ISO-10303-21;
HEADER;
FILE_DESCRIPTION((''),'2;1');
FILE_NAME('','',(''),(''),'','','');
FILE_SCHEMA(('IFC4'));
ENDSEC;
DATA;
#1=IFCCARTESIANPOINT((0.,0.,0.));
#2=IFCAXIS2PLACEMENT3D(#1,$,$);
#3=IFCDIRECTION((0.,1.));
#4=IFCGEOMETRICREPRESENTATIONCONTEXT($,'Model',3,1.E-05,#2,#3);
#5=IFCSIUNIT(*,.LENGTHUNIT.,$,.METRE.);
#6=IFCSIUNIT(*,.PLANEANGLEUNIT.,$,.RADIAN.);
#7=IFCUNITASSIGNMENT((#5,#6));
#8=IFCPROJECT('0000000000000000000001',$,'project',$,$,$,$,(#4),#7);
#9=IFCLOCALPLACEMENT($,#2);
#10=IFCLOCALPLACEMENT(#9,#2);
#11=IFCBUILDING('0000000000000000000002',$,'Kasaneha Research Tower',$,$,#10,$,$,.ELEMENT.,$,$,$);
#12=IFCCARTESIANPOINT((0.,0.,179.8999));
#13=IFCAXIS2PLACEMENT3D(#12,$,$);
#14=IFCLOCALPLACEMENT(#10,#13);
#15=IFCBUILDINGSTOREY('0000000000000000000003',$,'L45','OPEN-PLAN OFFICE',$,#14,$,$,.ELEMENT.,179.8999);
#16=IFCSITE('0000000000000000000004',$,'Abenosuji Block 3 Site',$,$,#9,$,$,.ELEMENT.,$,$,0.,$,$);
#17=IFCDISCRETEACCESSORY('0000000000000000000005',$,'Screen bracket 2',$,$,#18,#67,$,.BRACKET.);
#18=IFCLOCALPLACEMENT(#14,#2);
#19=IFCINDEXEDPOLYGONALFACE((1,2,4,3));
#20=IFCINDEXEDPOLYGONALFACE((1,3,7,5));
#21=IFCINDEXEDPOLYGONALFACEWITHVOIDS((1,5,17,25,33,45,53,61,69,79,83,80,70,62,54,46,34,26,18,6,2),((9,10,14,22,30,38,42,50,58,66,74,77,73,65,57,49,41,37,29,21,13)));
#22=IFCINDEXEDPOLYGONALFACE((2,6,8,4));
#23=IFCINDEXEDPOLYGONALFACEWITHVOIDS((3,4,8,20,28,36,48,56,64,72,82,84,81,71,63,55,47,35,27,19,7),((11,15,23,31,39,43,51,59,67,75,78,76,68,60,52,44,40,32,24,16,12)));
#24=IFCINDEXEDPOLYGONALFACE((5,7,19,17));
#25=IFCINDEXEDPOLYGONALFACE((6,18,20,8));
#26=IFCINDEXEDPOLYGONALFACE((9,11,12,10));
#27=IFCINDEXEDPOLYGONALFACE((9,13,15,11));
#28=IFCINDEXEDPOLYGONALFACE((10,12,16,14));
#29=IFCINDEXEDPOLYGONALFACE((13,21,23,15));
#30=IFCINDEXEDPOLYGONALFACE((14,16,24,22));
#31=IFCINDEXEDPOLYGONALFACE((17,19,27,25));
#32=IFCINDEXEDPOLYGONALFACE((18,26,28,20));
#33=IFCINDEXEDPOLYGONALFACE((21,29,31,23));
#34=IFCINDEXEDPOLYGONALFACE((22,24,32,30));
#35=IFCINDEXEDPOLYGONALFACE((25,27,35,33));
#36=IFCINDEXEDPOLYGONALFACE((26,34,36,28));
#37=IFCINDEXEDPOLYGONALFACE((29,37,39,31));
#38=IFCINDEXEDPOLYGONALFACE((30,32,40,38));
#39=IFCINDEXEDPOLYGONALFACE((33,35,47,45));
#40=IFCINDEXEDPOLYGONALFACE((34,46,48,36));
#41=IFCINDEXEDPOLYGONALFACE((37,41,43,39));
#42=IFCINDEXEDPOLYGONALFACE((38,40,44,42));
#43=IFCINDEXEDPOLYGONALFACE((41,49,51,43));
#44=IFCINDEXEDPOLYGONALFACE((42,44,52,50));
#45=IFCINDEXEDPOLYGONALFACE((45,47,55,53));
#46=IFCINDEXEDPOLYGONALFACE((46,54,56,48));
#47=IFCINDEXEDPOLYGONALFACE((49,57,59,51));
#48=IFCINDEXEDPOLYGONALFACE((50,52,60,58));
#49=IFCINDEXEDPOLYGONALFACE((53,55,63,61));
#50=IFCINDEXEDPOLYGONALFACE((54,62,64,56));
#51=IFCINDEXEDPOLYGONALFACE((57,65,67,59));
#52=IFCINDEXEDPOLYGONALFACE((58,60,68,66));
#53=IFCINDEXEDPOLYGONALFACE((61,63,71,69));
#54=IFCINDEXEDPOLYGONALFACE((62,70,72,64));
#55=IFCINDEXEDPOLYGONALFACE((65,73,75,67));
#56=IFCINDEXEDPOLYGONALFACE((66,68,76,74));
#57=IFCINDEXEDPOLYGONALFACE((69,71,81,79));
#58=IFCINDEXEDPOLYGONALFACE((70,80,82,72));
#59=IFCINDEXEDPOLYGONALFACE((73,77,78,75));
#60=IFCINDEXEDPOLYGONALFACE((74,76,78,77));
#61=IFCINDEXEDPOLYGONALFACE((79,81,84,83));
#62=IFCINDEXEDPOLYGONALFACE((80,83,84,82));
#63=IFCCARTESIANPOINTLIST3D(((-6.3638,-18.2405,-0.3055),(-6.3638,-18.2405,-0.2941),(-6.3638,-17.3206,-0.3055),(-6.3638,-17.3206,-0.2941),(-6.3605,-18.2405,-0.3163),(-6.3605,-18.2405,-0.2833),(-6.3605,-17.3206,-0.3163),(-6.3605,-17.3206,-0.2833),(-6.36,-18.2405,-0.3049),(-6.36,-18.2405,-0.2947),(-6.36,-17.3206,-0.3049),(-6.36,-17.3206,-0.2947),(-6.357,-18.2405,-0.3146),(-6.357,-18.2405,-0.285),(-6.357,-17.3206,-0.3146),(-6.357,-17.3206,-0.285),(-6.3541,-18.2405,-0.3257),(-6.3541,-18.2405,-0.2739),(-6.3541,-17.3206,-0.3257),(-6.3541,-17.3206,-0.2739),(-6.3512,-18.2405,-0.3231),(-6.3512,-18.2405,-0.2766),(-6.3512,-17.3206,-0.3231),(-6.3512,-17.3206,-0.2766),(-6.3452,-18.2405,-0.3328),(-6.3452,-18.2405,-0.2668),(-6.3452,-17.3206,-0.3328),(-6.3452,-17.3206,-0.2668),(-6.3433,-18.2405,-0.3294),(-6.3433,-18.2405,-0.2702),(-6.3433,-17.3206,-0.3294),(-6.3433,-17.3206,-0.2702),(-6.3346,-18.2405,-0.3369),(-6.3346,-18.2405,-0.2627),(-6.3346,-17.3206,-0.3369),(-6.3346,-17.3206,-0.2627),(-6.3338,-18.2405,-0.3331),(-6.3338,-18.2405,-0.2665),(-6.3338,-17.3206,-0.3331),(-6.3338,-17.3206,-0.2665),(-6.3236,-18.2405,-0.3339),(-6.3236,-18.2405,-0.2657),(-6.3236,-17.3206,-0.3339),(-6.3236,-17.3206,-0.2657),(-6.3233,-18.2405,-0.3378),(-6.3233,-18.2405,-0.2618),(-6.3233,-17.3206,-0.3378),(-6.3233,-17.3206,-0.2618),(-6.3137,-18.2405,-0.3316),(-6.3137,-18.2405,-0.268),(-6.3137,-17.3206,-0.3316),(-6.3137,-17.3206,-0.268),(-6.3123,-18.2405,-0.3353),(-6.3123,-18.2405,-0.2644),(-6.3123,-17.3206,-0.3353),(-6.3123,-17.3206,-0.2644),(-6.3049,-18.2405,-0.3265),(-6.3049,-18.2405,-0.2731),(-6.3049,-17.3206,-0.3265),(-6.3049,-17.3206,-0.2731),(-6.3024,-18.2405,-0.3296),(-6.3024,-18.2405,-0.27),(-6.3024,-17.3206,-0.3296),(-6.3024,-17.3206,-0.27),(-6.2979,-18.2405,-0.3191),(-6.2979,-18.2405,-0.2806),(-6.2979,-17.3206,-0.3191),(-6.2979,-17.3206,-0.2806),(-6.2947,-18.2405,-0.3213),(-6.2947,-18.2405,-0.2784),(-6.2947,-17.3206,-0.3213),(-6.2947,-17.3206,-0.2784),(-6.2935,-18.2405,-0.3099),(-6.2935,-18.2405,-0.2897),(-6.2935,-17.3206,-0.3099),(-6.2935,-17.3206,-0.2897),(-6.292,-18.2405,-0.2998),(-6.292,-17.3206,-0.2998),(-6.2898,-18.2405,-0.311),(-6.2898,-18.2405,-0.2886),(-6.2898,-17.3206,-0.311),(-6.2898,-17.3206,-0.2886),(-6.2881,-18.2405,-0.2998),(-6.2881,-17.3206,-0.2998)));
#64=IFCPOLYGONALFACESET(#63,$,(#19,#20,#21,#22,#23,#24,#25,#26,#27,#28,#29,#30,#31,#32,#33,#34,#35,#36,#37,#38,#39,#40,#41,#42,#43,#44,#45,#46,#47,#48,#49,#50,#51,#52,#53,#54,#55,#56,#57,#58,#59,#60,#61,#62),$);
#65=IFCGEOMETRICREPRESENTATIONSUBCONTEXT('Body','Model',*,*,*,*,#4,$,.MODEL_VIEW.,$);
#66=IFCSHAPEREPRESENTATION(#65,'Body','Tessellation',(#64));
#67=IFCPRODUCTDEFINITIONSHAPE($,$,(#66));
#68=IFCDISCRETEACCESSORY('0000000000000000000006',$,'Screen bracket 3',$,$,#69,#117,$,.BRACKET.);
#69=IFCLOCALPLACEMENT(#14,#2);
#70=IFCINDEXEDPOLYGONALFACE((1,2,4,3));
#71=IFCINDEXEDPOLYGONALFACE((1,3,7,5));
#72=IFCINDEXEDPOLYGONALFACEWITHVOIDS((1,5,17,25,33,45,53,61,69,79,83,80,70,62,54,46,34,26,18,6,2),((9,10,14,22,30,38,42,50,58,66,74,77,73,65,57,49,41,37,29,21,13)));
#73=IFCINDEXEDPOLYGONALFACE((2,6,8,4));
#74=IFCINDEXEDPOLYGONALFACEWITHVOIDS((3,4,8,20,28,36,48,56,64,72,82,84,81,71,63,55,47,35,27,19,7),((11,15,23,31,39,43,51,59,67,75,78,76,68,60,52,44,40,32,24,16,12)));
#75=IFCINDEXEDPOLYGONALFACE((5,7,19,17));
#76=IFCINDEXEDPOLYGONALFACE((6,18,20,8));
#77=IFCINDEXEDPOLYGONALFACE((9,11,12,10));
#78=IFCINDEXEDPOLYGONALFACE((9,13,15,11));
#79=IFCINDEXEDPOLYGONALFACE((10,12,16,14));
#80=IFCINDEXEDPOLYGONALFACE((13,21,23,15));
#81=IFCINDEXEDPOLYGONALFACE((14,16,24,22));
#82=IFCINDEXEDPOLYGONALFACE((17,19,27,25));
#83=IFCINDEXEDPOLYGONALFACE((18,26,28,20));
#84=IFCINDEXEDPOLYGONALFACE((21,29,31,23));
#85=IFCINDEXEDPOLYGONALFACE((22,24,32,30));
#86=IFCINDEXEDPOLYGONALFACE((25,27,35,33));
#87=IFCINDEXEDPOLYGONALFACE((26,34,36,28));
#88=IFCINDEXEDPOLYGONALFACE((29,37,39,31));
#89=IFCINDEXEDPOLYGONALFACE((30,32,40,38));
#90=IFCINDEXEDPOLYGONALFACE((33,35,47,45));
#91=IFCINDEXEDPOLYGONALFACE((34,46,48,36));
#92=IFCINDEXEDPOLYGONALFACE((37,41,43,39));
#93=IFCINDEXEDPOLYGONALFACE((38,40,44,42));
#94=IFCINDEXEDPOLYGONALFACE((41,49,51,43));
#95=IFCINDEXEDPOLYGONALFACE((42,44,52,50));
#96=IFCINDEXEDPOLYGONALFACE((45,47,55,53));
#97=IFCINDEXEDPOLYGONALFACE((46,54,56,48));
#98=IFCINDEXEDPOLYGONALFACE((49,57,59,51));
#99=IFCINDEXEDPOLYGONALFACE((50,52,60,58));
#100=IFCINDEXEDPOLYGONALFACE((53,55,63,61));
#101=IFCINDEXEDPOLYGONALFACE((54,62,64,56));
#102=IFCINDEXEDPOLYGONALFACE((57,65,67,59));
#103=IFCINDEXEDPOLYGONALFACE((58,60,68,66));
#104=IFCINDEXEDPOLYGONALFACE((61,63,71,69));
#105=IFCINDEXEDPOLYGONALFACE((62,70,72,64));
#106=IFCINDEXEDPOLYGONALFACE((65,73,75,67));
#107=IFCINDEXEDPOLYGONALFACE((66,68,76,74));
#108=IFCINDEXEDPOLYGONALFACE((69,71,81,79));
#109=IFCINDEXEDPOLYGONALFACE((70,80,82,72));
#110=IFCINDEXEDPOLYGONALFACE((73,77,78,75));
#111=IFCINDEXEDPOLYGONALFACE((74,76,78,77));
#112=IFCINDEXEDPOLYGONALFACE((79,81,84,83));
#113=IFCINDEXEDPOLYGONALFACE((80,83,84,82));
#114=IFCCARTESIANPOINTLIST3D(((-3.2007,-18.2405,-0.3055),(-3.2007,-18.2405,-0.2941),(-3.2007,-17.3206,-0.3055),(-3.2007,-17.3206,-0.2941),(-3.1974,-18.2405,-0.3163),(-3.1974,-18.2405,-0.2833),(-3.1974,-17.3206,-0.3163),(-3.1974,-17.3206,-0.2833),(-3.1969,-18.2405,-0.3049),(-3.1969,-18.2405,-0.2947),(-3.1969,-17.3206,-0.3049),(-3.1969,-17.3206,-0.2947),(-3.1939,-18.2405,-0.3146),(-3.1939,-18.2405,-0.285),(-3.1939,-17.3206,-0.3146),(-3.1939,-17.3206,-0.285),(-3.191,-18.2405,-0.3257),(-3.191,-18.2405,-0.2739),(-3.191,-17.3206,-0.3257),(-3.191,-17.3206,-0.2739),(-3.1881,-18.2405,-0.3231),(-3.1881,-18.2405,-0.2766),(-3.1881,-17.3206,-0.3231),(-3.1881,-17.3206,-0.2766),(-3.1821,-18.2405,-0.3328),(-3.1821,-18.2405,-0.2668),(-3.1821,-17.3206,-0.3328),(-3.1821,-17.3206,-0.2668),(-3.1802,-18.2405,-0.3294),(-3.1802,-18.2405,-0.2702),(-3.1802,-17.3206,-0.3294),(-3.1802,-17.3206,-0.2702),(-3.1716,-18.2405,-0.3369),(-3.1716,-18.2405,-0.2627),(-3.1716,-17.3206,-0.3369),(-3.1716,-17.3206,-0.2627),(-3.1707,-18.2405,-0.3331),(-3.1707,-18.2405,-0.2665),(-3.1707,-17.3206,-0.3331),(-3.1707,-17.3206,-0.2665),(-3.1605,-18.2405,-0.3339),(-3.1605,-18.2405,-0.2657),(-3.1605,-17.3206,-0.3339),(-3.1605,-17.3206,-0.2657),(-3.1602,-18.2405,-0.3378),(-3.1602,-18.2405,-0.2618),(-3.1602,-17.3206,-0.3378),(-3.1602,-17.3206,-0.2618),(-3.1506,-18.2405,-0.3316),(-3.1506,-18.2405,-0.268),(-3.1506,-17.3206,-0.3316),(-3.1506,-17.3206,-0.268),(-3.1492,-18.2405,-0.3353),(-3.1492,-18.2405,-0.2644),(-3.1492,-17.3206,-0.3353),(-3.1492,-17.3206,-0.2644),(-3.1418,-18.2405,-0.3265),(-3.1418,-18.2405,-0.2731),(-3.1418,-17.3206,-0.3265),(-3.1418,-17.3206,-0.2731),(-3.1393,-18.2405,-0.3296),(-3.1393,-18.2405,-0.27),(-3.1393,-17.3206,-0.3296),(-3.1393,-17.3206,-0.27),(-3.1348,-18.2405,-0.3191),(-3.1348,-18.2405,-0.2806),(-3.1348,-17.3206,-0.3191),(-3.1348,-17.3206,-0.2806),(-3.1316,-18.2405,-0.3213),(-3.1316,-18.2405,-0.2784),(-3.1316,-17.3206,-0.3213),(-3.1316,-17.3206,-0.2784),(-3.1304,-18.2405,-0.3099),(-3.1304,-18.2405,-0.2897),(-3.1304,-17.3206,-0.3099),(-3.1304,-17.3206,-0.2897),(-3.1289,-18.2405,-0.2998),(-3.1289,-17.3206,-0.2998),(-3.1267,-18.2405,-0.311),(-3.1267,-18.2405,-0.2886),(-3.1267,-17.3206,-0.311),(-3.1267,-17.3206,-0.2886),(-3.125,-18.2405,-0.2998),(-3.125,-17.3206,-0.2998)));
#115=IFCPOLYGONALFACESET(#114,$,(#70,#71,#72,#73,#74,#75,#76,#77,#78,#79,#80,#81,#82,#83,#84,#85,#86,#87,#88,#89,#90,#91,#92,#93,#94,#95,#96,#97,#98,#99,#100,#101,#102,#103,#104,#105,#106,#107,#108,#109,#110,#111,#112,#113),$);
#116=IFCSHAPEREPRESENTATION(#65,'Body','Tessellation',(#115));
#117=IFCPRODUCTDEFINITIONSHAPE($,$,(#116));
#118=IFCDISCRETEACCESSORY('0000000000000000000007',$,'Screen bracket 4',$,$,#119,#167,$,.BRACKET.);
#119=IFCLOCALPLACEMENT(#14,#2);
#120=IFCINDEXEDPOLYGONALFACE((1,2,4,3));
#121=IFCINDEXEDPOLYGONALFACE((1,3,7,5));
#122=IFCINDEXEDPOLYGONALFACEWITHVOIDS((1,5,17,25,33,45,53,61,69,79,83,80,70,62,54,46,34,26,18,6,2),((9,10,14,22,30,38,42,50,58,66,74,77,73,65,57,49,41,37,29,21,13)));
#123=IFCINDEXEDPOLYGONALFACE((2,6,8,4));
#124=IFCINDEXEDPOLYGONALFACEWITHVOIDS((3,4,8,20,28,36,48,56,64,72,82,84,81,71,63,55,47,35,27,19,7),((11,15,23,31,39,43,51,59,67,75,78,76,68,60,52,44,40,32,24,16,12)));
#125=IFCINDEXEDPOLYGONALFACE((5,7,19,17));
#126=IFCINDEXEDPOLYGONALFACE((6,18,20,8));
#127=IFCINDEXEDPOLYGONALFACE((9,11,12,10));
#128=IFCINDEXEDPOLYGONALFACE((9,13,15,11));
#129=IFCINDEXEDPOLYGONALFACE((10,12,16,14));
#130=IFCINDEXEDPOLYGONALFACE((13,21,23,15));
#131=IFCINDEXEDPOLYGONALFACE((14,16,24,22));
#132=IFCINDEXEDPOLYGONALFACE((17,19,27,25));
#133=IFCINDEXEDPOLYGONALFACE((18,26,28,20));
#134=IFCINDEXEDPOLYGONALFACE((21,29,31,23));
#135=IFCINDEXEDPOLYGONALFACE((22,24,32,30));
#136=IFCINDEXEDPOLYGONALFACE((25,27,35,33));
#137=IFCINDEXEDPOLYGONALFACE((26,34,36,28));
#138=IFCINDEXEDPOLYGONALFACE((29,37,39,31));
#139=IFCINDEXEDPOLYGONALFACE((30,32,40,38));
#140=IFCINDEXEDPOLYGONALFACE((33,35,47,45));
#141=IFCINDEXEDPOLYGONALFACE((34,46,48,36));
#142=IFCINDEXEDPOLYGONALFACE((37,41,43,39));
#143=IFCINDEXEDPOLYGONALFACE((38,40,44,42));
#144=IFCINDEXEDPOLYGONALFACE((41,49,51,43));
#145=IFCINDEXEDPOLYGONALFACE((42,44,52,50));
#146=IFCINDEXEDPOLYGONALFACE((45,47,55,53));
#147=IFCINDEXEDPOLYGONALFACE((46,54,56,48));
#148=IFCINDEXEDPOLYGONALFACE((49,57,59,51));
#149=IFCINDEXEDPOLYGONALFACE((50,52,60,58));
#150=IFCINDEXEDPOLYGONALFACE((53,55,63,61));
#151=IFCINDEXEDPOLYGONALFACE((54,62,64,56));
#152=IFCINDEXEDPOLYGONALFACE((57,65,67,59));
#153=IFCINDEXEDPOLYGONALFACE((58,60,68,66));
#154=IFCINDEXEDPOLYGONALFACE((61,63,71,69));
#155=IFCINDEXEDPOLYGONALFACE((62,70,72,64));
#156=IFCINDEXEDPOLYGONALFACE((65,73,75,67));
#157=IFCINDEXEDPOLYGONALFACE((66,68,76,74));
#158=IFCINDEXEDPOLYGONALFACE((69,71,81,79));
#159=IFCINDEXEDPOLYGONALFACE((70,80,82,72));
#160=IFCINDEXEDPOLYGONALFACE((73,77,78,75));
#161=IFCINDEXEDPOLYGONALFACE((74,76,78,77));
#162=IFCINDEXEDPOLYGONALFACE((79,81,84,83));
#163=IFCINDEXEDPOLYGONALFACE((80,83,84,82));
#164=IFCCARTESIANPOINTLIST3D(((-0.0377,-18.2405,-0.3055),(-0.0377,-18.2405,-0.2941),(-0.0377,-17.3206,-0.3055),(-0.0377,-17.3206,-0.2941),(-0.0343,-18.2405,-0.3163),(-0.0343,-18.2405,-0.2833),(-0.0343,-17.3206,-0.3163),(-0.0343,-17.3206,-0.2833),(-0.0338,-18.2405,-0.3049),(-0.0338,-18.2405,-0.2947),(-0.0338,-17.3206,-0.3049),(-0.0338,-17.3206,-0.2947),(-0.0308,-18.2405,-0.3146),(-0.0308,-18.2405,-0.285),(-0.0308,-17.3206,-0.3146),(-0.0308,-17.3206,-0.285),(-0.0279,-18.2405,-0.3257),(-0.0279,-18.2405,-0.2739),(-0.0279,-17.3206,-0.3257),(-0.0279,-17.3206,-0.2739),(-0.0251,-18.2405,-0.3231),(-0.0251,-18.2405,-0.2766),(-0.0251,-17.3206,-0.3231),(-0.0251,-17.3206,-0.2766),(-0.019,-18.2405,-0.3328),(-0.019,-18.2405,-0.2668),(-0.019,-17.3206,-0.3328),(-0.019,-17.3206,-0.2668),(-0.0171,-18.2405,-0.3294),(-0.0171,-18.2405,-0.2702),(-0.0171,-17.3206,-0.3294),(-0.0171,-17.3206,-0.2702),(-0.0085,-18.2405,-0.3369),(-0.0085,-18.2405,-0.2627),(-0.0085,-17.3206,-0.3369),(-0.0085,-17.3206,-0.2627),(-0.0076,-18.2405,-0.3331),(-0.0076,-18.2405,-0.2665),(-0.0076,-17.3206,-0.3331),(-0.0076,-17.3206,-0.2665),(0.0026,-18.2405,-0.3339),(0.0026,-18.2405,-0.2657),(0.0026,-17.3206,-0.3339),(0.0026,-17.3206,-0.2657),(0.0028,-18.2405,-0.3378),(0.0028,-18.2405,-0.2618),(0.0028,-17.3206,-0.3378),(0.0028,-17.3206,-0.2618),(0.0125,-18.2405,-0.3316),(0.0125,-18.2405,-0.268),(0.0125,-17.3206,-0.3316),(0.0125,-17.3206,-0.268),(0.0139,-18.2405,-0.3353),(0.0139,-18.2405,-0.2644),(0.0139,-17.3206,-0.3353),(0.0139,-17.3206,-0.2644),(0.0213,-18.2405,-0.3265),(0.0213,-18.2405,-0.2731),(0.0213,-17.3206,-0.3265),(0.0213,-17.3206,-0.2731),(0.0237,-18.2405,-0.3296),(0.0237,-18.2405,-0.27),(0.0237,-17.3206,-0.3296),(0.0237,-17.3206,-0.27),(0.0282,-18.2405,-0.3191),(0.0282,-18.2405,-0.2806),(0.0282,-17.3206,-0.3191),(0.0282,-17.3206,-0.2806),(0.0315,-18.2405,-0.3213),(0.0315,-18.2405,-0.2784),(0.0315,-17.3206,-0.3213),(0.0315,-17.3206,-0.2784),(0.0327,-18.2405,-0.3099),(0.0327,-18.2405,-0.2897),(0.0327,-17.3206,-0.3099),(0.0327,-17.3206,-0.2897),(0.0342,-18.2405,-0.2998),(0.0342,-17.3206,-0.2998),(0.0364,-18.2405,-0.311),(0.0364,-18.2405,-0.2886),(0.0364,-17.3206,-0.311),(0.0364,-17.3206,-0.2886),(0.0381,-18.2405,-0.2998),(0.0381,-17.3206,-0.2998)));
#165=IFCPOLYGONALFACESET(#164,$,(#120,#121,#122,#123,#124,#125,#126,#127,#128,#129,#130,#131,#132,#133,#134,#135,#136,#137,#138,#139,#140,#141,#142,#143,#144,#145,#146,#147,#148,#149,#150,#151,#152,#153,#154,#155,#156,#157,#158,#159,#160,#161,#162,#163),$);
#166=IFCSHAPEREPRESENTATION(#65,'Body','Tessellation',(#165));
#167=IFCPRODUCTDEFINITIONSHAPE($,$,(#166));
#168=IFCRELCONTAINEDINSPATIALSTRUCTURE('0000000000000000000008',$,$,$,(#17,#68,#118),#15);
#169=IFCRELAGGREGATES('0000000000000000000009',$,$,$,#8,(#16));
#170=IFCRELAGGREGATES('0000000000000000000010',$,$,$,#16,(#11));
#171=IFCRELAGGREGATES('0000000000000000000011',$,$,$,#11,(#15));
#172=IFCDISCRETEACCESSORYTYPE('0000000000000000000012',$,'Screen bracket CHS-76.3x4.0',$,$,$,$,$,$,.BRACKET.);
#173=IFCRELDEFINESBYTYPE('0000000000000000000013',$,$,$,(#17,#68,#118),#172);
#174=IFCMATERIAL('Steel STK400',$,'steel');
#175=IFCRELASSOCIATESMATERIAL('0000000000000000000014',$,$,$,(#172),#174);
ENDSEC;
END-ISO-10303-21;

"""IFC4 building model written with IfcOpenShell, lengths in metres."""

from ifc_helpers import new_model, si_unit, direction, frame, origin, origin_2d, place, context, subcontext, project, spatial, hollow_circle, extrude, material, material_profile, profile_set, type_object, element, save


model = new_model("IFC4")

# Units and contexts
model_context = context("Model", 3, precision=1e-05, world=origin(), true_north=direction((0.0, 1.0)))
body_context = subcontext(model_context, "Body", "Model", "MODEL_VIEW")
ifc_project = project(units=[si_unit("LENGTHUNIT", "METRE"), si_unit("PLANEANGLEUNIT", "RADIAN")], contexts=[model_context])

# Site, building, storey
site_placement = place(None, origin())
site = spatial("IfcSite", under=ifc_project, at=site_placement, Name="Abenosuji Block 3 Site", CompositionType="ELEMENT", RefElevation=0.0)
building_placement = place(site_placement, origin())
building = spatial("IfcBuilding", under=site, at=building_placement, Name="Kasaneha Research Tower", CompositionType="ELEMENT")
storey_placement = place(building_placement, frame((0.0, 0.0, 179.8999)))
storey = spatial("IfcBuildingStorey", under=building, at=storey_placement, Name="L45", Description="OPEN-PLAN OFFICE", CompositionType="ELEMENT", Elevation=179.8999)

# Discrete accessories
ifc_material_1 = material(Name="Steel STK400", Category="steel")
ifc_material_profile_1 = material_profile(ifc_material_1, hollow_circle(Radius=0.0381, WallThickness=0.0039, at=origin_2d()), Name="CHS-76.3x4.0")
ifc_profile_set_1 = profile_set([ifc_material_profile_1], Name="Steel STK400")
discrete_accessory_type = type_object("IfcDiscreteAccessoryType", Name="Screen bracket CHS-76.3x4.0", PredefinedType="BRACKET", material=ifc_profile_set_1)
for number, where, z_axis, x_axis, name in (
    (1, (-6.3262, -17.3206, -0.2998), (0.0, -1.0, 0.0), (1.0, 0.0, 0.0), "Screen bracket 2"),
    (2, (-3.1631, -17.3206, -0.2998), (0.0, -1.0, 0.0), (1.0, 0.0, 0.0), "Screen bracket 3"),
    (3, (0.0, -17.3206, -0.2998), (0.0, -1.0, 0.0), (1.0, 0.0, 0.0), "Screen bracket 4"),
):
    element("IfcDiscreteAccessory", number, at=place(storey_placement, frame(where, z_axis=z_axis, x_axis=x_axis)), inside=storey, type_object=discrete_accessory_type, Name=name, PredefinedType="BRACKET", context=body_context, shape_type="SweptSolid", body=[
        extrude(hollow_circle(Radius=0.0381, WallThickness=0.0039, at=origin_2d()), origin(), (0.0, 0.0, 1.0), 0.9199),
    ])

save(model, "model.ifc")
